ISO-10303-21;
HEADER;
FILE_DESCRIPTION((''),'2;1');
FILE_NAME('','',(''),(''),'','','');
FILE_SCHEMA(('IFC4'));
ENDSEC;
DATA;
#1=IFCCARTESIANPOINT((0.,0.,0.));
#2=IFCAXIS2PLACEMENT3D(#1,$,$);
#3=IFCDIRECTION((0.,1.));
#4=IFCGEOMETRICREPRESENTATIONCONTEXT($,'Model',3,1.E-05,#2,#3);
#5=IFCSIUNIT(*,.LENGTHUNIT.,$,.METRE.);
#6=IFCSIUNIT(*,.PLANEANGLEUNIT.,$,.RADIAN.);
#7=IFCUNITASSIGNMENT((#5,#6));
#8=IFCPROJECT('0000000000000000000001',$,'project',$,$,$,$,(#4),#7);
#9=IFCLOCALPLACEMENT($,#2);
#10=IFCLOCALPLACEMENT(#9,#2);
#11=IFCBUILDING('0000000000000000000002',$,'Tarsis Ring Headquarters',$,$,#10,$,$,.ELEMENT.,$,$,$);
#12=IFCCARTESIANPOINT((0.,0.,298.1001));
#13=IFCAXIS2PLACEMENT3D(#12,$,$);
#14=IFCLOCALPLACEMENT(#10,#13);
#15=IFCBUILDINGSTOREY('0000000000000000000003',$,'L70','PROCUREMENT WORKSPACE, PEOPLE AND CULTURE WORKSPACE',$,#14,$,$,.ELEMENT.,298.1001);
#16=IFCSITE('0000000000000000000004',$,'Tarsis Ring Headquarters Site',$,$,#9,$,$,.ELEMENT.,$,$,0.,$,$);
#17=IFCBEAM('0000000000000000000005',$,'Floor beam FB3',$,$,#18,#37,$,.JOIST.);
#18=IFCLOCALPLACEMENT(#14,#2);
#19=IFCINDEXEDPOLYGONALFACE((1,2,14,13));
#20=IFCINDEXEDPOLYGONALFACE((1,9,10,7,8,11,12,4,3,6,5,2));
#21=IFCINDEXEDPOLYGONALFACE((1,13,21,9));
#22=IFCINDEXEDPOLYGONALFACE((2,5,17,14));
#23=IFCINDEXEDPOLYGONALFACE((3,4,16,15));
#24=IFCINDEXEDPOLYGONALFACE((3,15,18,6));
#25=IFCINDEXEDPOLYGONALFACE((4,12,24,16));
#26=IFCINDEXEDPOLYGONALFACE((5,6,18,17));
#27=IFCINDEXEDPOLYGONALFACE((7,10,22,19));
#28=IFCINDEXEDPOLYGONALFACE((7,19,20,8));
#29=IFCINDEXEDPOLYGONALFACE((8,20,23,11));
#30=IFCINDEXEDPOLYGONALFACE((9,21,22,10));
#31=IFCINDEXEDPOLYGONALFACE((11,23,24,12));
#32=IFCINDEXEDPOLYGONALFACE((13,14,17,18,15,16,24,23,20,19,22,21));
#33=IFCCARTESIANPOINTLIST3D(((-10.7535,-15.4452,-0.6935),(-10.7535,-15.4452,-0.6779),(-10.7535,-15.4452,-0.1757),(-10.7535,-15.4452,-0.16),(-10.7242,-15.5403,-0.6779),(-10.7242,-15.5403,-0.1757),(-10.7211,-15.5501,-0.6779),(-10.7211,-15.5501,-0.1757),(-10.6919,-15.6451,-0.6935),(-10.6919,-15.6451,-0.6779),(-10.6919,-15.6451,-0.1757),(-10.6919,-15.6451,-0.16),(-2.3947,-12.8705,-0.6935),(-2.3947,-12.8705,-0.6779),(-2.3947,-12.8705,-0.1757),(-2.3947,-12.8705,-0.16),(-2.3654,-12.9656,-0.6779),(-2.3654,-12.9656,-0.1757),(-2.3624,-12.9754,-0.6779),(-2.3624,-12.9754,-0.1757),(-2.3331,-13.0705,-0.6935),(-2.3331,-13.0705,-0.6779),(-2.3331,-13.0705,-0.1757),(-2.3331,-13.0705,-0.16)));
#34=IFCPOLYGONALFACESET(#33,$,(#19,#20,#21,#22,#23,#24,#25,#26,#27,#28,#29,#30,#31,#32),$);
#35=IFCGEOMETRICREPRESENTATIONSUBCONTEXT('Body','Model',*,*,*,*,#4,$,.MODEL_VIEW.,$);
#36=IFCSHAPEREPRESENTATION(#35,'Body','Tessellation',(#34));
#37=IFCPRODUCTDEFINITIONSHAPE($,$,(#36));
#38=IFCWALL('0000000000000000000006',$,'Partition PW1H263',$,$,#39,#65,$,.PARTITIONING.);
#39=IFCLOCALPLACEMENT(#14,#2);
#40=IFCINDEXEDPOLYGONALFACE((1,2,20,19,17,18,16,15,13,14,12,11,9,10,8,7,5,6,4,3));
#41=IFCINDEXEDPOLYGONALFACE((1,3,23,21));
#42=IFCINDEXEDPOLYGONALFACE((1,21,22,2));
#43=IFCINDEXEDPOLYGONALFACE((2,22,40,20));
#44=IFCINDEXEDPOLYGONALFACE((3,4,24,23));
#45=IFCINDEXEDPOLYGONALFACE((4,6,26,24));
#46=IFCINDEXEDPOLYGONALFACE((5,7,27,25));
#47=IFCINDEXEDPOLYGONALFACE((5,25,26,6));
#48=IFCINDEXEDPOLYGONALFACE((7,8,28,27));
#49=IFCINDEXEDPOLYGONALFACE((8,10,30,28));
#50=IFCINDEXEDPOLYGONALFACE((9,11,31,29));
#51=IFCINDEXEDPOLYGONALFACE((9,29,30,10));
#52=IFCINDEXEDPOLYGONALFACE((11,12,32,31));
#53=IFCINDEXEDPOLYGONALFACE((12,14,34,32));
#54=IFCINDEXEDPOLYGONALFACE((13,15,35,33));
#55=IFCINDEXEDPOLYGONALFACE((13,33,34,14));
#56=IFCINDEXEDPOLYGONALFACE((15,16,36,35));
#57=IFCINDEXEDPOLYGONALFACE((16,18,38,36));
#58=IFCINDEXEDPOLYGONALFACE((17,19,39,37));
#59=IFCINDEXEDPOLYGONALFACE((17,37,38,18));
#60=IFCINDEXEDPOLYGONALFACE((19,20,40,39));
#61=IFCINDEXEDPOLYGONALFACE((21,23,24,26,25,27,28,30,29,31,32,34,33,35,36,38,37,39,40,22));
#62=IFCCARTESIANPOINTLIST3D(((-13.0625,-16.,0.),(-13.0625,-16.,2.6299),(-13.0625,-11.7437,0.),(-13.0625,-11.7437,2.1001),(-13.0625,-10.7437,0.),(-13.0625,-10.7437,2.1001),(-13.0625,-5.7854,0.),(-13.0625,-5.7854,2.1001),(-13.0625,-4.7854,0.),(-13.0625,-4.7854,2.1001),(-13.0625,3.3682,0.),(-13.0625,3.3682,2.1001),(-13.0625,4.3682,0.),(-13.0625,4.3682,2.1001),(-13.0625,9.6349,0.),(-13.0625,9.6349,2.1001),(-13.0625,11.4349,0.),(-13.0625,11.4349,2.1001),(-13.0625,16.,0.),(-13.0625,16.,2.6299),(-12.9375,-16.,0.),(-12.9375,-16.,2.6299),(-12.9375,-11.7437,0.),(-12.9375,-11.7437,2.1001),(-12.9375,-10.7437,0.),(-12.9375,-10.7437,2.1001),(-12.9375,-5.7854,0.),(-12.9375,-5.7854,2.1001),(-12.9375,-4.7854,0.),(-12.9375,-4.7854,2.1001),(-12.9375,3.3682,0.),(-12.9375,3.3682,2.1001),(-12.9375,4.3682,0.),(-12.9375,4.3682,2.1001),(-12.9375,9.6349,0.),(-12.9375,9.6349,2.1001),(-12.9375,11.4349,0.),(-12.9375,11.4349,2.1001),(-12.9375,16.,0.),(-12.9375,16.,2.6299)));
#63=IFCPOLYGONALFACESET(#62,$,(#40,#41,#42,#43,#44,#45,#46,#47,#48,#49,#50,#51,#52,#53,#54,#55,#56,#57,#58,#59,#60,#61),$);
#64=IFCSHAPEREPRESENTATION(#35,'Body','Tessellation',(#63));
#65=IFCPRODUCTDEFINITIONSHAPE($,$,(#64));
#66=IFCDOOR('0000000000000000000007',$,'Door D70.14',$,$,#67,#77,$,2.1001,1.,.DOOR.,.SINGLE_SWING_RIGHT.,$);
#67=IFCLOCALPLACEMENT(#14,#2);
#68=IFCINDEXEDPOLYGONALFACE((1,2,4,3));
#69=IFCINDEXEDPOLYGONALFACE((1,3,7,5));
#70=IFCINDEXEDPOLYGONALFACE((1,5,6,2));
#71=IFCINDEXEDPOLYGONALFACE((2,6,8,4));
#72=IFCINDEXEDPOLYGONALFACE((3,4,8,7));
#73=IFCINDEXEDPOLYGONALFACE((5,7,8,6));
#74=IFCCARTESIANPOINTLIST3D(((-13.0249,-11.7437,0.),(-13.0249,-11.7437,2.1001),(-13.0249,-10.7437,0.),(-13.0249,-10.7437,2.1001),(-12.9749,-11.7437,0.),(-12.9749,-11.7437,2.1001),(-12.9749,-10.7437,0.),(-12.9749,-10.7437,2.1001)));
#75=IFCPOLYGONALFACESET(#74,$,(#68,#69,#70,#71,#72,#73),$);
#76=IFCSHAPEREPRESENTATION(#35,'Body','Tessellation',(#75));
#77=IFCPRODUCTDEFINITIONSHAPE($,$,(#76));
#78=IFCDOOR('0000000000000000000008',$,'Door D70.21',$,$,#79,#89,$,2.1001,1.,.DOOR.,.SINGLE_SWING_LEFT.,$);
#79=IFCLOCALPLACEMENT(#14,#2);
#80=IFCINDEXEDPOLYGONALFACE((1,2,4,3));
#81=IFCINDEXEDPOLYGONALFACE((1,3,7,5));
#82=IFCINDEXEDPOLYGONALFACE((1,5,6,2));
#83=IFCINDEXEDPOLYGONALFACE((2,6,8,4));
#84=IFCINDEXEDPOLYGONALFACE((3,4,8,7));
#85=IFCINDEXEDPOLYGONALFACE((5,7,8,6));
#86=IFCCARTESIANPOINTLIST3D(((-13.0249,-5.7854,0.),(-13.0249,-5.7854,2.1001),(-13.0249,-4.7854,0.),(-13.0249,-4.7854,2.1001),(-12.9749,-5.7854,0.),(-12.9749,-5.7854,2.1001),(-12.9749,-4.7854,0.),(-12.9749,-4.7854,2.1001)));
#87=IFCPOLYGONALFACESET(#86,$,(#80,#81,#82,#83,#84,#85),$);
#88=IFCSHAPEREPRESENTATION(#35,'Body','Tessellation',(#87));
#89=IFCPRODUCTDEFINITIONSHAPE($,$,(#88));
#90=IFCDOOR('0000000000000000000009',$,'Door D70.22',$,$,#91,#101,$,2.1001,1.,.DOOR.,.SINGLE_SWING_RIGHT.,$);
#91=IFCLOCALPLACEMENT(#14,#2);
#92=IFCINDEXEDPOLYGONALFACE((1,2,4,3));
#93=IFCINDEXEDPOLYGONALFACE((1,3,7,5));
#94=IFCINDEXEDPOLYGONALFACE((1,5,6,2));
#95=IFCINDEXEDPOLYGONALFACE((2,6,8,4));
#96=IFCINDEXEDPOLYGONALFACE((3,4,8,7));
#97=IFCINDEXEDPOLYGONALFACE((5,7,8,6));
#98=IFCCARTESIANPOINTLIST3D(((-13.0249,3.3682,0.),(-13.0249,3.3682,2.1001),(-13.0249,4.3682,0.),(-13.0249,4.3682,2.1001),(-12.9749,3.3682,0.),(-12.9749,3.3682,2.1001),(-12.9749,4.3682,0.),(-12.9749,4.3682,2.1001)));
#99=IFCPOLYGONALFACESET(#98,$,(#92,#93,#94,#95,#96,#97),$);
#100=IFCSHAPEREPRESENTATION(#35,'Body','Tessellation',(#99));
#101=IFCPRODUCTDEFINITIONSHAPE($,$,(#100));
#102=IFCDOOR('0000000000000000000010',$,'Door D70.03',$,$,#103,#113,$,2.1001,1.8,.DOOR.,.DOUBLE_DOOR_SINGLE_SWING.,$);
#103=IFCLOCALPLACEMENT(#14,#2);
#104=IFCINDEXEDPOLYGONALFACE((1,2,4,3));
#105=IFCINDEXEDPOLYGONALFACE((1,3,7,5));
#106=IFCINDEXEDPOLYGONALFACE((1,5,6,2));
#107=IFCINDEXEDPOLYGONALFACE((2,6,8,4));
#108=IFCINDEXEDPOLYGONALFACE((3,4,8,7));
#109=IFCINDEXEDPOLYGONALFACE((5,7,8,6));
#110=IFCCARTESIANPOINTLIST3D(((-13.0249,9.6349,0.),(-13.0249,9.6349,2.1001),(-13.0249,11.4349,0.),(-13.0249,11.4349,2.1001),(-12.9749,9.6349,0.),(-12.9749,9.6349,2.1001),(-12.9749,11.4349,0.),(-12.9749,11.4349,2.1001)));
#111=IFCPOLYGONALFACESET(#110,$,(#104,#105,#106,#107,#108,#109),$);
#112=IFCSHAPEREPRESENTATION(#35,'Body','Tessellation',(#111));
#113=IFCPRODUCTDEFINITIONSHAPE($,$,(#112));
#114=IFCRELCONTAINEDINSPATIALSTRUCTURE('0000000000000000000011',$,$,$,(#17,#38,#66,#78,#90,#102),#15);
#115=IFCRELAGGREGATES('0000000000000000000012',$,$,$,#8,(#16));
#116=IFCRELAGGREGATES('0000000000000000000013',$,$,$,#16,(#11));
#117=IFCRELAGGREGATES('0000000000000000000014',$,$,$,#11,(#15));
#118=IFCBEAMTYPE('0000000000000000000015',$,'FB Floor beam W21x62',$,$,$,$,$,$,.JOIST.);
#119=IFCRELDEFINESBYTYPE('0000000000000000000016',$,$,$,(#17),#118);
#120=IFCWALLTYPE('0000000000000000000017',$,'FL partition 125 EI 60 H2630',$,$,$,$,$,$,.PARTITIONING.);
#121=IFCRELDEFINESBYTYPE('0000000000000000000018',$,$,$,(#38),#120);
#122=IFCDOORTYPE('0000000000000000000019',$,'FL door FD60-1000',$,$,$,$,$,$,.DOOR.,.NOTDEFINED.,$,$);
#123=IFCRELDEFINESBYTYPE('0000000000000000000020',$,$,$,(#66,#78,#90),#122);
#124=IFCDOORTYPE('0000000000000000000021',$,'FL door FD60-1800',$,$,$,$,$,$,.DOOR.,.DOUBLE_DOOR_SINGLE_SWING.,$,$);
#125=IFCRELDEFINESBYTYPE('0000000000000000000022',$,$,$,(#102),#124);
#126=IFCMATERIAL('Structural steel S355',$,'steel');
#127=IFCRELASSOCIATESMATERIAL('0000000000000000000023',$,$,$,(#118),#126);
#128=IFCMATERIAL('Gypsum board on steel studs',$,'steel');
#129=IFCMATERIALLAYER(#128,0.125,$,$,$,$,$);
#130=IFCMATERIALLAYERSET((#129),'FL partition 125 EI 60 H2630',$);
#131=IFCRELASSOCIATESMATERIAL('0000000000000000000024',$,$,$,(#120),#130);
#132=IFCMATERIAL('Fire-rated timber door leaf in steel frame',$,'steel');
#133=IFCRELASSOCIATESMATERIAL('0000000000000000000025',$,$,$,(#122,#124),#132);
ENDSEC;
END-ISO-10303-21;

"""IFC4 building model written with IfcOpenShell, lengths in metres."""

from ifc_helpers import new_model, si_unit, direction, frame, frame_2d, origin, origin_2d, place, context, subcontext, project, spatial, rectangle, i_section, extrude, material, layer, layer_set, material_profile, profile_set, type_object, element, fill, save


model = new_model("IFC4")

# Units and contexts
model_context = context("Model", 3, precision=1e-05, world=origin(), true_north=direction((0.0, 1.0)))
body_context = subcontext(model_context, "Body", "Model", "MODEL_VIEW")
ifc_project = project(units=[si_unit("LENGTHUNIT", "METRE"), si_unit("PLANEANGLEUNIT", "RADIAN")], contexts=[model_context])

# Site, building, storey
site_placement = place(None, origin())
site = spatial("IfcSite", under=ifc_project, at=site_placement, Name="Tarsis Ring Headquarters Site", CompositionType="ELEMENT", RefElevation=0.0)
building_placement = place(site_placement, origin())
building = spatial("IfcBuilding", under=site, at=building_placement, Name="Tarsis Ring Headquarters", CompositionType="ELEMENT")
storey_placement = place(building_placement, frame((0.0, 0.0, 298.1001)))
storey = spatial("IfcBuildingStorey", under=building, at=storey_placement, Name="L70", Description="PROCUREMENT WORKSPACE, PEOPLE AND CULTURE WORKSPACE", CompositionType="ELEMENT", Elevation=298.1001)

# Beam
ifc_material_1 = material(Name="Structural steel S355", Category="steel")
ifc_material_profile = material_profile(ifc_material_1, i_section(OverallWidth=0.2092, OverallDepth=0.5334, WebThickness=0.0103, FlangeThickness=0.0156, at=origin_2d()), Name="W21x62")
ifc_profile_set = profile_set([ifc_material_profile], Name="Structural steel S355")
beam_type = type_object("IfcBeamType", Name="FB Floor beam W21x62", PredefinedType="JOIST", material=ifc_profile_set)
beam_placement = place(storey_placement, frame((-10.7227, -15.5452, -0.4268), z_axis=(0.955691, 0.294372, 0.0), x_axis=(-0.294372, 0.955691, 0.0)))
element("IfcBeam", 1, at=beam_placement, inside=storey, type_object=beam_type, Name="Floor beam FB3", PredefinedType="JOIST", context=body_context, shape_type="SweptSolid", body=[
    extrude(i_section(OverallWidth=0.2092, OverallDepth=0.5334, WebThickness=0.0103, FlangeThickness=0.0156, at=origin_2d()), origin(), (0.0, 0.0, 1.0), 8.7463),
])

# Wall, openings, doors
ifc_material_2 = material(Name="Gypsum board on steel studs", Category="steel")
ifc_layer = layer(ifc_material_2, 0.125)
ifc_layer_set = layer_set([ifc_layer], Name="FL partition 125 EI 60 H2630")
wall_type = type_object("IfcWallType", Name="FL partition 125 EI 60 H2630", PredefinedType="PARTITIONING", material=ifc_layer_set)
wall_1_placement = place(storey_placement, frame((-13.0, -16.0, 0.0), z_axis=(0.0, 0.0, 1.0), x_axis=(0.0, 1.0, 0.0)))
wall_1 = element("IfcWall", 2, at=wall_1_placement, inside=storey, type_object=wall_type, Name="Partition PW1H263", PredefinedType="PARTITIONING", context=body_context, shape_type="SweptSolid", body=[
    extrude(rectangle(XDim=32.0, YDim=0.125, at=frame_2d((16.0, 0.0))), origin(), (0.0, 0.0, 1.0), 2.6299),
])
opening_1_placement = place(wall_1_placement, frame((25.635, 0.0, 0.0)))
opening_1 = element("IfcOpeningElement", 3, at=opening_1_placement, cuts=wall_1, PredefinedType="OPENING", context=body_context, shape_type="SweptSolid", body=[
    extrude(rectangle(XDim=1.8, YDim=2.1001, at=frame_2d((0.8999, 1.05))), frame((0.0, 0.0725, 0.0), z_axis=(0.0, -1.0, 0.0), x_axis=(1.0, 0.0, 0.0)), (0.0, 0.0, 1.0), 0.145),
])
opening_2_placement = place(wall_1_placement, frame((4.2563, 0.0, 0.0)))
opening_2 = element("IfcOpeningElement", 4, at=opening_2_placement, cuts=wall_1, PredefinedType="OPENING", context=body_context, shape_type="SweptSolid", body=[
    extrude(rectangle(XDim=1.0, YDim=2.1001, at=frame_2d((0.5, 1.05))), frame((0.0, 0.0725, 0.0), z_axis=(0.0, -1.0, 0.0), x_axis=(1.0, 0.0, 0.0)), (0.0, 0.0, 1.0), 0.145),
])
opening_3_placement = place(wall_1_placement, frame((10.2146, 0.0, 0.0)))
opening_3 = element("IfcOpeningElement", 5, at=opening_3_placement, cuts=wall_1, PredefinedType="OPENING", context=body_context, shape_type="SweptSolid", body=[
    extrude(rectangle(XDim=1.0, YDim=2.1001, at=frame_2d((0.5, 1.05))), frame((0.0, 0.0725, 0.0), z_axis=(0.0, -1.0, 0.0), x_axis=(1.0, 0.0, 0.0)), (0.0, 0.0, 1.0), 0.145),
])
opening_4_placement = place(wall_1_placement, frame((19.3682, 0.0, 0.0)))
opening_4 = element("IfcOpeningElement", 6, at=opening_4_placement, cuts=wall_1, PredefinedType="OPENING", context=body_context, shape_type="SweptSolid", body=[
    extrude(rectangle(XDim=1.0, YDim=2.1001, at=frame_2d((0.5, 1.05))), frame((0.0, 0.0725, 0.0), z_axis=(0.0, -1.0, 0.0), x_axis=(1.0, 0.0, 0.0)), (0.0, 0.0, 1.0), 0.145),
])
ifc_material_3 = material(Name="Fire-rated timber door leaf in steel frame", Category="steel")
door_type_1 = type_object("IfcDoorType", Name="FL door FD60-1000", OperationType="NOTDEFINED", PredefinedType="DOOR", material=ifc_material_3)
door_1_placement = place(opening_2_placement, origin())
door_1 = element("IfcDoor", 7, at=door_1_placement, inside=storey, type_object=door_type_1, Name="Door D70.14", OperationType="SINGLE_SWING_RIGHT", OverallHeight=2.1001, OverallWidth=1.0, PredefinedType="DOOR", context=body_context, shape_type="SweptSolid", body=[
    extrude(rectangle(XDim=1.0, YDim=2.1001, at=frame_2d((0.5, 1.05))), frame((0.0, 0.0249, 0.0), z_axis=(0.0, -1.0, 0.0), x_axis=(1.0, 0.0, 0.0)), (0.0, 0.0, 1.0), 0.05),
])
fill(opening_2, door_1)
door_2_placement = place(opening_3_placement, origin())
door_2 = element("IfcDoor", 8, at=door_2_placement, inside=storey, type_object=door_type_1, Name="Door D70.21", OperationType="SINGLE_SWING_LEFT", OverallHeight=2.1001, OverallWidth=1.0, PredefinedType="DOOR", context=body_context, shape_type="SweptSolid", body=[
    extrude(rectangle(XDim=1.0, YDim=2.1001, at=frame_2d((0.5, 1.05))), frame((0.0, 0.0249, 0.0), z_axis=(0.0, -1.0, 0.0), x_axis=(1.0, 0.0, 0.0)), (0.0, 0.0, 1.0), 0.05),
])
fill(opening_3, door_2)
door_3_placement = place(opening_4_placement, origin())
door_3 = element("IfcDoor", 9, at=door_3_placement, inside=storey, type_object=door_type_1, Name="Door D70.22", OperationType="SINGLE_SWING_RIGHT", OverallHeight=2.1001, OverallWidth=1.0, PredefinedType="DOOR", context=body_context, shape_type="SweptSolid", body=[
    extrude(rectangle(XDim=1.0, YDim=2.1001, at=frame_2d((0.5, 1.05))), frame((0.0, 0.0249, 0.0), z_axis=(0.0, -1.0, 0.0), x_axis=(1.0, 0.0, 0.0)), (0.0, 0.0, 1.0), 0.05),
])
fill(opening_4, door_3)
door_type_2 = type_object("IfcDoorType", Name="FL door FD60-1800", OperationType="DOUBLE_DOOR_SINGLE_SWING", PredefinedType="DOOR", material=ifc_material_3)
door_4_placement = place(opening_1_placement, origin())
door_4 = element("IfcDoor", 10, at=door_4_placement, inside=storey, type_object=door_type_2, Name="Door D70.03", OperationType="DOUBLE_DOOR_SINGLE_SWING", OverallHeight=2.1001, OverallWidth=1.8, PredefinedType="DOOR", context=body_context, shape_type="SweptSolid", body=[
    extrude(rectangle(XDim=1.8, YDim=2.1001, at=frame_2d((0.8999, 1.05))), frame((0.0, 0.0249, 0.0), z_axis=(0.0, -1.0, 0.0), x_axis=(1.0, 0.0, 0.0)), (0.0, 0.0, 1.0), 0.05),
])
fill(opening_1, door_4)

save(model, "model.ifc")
